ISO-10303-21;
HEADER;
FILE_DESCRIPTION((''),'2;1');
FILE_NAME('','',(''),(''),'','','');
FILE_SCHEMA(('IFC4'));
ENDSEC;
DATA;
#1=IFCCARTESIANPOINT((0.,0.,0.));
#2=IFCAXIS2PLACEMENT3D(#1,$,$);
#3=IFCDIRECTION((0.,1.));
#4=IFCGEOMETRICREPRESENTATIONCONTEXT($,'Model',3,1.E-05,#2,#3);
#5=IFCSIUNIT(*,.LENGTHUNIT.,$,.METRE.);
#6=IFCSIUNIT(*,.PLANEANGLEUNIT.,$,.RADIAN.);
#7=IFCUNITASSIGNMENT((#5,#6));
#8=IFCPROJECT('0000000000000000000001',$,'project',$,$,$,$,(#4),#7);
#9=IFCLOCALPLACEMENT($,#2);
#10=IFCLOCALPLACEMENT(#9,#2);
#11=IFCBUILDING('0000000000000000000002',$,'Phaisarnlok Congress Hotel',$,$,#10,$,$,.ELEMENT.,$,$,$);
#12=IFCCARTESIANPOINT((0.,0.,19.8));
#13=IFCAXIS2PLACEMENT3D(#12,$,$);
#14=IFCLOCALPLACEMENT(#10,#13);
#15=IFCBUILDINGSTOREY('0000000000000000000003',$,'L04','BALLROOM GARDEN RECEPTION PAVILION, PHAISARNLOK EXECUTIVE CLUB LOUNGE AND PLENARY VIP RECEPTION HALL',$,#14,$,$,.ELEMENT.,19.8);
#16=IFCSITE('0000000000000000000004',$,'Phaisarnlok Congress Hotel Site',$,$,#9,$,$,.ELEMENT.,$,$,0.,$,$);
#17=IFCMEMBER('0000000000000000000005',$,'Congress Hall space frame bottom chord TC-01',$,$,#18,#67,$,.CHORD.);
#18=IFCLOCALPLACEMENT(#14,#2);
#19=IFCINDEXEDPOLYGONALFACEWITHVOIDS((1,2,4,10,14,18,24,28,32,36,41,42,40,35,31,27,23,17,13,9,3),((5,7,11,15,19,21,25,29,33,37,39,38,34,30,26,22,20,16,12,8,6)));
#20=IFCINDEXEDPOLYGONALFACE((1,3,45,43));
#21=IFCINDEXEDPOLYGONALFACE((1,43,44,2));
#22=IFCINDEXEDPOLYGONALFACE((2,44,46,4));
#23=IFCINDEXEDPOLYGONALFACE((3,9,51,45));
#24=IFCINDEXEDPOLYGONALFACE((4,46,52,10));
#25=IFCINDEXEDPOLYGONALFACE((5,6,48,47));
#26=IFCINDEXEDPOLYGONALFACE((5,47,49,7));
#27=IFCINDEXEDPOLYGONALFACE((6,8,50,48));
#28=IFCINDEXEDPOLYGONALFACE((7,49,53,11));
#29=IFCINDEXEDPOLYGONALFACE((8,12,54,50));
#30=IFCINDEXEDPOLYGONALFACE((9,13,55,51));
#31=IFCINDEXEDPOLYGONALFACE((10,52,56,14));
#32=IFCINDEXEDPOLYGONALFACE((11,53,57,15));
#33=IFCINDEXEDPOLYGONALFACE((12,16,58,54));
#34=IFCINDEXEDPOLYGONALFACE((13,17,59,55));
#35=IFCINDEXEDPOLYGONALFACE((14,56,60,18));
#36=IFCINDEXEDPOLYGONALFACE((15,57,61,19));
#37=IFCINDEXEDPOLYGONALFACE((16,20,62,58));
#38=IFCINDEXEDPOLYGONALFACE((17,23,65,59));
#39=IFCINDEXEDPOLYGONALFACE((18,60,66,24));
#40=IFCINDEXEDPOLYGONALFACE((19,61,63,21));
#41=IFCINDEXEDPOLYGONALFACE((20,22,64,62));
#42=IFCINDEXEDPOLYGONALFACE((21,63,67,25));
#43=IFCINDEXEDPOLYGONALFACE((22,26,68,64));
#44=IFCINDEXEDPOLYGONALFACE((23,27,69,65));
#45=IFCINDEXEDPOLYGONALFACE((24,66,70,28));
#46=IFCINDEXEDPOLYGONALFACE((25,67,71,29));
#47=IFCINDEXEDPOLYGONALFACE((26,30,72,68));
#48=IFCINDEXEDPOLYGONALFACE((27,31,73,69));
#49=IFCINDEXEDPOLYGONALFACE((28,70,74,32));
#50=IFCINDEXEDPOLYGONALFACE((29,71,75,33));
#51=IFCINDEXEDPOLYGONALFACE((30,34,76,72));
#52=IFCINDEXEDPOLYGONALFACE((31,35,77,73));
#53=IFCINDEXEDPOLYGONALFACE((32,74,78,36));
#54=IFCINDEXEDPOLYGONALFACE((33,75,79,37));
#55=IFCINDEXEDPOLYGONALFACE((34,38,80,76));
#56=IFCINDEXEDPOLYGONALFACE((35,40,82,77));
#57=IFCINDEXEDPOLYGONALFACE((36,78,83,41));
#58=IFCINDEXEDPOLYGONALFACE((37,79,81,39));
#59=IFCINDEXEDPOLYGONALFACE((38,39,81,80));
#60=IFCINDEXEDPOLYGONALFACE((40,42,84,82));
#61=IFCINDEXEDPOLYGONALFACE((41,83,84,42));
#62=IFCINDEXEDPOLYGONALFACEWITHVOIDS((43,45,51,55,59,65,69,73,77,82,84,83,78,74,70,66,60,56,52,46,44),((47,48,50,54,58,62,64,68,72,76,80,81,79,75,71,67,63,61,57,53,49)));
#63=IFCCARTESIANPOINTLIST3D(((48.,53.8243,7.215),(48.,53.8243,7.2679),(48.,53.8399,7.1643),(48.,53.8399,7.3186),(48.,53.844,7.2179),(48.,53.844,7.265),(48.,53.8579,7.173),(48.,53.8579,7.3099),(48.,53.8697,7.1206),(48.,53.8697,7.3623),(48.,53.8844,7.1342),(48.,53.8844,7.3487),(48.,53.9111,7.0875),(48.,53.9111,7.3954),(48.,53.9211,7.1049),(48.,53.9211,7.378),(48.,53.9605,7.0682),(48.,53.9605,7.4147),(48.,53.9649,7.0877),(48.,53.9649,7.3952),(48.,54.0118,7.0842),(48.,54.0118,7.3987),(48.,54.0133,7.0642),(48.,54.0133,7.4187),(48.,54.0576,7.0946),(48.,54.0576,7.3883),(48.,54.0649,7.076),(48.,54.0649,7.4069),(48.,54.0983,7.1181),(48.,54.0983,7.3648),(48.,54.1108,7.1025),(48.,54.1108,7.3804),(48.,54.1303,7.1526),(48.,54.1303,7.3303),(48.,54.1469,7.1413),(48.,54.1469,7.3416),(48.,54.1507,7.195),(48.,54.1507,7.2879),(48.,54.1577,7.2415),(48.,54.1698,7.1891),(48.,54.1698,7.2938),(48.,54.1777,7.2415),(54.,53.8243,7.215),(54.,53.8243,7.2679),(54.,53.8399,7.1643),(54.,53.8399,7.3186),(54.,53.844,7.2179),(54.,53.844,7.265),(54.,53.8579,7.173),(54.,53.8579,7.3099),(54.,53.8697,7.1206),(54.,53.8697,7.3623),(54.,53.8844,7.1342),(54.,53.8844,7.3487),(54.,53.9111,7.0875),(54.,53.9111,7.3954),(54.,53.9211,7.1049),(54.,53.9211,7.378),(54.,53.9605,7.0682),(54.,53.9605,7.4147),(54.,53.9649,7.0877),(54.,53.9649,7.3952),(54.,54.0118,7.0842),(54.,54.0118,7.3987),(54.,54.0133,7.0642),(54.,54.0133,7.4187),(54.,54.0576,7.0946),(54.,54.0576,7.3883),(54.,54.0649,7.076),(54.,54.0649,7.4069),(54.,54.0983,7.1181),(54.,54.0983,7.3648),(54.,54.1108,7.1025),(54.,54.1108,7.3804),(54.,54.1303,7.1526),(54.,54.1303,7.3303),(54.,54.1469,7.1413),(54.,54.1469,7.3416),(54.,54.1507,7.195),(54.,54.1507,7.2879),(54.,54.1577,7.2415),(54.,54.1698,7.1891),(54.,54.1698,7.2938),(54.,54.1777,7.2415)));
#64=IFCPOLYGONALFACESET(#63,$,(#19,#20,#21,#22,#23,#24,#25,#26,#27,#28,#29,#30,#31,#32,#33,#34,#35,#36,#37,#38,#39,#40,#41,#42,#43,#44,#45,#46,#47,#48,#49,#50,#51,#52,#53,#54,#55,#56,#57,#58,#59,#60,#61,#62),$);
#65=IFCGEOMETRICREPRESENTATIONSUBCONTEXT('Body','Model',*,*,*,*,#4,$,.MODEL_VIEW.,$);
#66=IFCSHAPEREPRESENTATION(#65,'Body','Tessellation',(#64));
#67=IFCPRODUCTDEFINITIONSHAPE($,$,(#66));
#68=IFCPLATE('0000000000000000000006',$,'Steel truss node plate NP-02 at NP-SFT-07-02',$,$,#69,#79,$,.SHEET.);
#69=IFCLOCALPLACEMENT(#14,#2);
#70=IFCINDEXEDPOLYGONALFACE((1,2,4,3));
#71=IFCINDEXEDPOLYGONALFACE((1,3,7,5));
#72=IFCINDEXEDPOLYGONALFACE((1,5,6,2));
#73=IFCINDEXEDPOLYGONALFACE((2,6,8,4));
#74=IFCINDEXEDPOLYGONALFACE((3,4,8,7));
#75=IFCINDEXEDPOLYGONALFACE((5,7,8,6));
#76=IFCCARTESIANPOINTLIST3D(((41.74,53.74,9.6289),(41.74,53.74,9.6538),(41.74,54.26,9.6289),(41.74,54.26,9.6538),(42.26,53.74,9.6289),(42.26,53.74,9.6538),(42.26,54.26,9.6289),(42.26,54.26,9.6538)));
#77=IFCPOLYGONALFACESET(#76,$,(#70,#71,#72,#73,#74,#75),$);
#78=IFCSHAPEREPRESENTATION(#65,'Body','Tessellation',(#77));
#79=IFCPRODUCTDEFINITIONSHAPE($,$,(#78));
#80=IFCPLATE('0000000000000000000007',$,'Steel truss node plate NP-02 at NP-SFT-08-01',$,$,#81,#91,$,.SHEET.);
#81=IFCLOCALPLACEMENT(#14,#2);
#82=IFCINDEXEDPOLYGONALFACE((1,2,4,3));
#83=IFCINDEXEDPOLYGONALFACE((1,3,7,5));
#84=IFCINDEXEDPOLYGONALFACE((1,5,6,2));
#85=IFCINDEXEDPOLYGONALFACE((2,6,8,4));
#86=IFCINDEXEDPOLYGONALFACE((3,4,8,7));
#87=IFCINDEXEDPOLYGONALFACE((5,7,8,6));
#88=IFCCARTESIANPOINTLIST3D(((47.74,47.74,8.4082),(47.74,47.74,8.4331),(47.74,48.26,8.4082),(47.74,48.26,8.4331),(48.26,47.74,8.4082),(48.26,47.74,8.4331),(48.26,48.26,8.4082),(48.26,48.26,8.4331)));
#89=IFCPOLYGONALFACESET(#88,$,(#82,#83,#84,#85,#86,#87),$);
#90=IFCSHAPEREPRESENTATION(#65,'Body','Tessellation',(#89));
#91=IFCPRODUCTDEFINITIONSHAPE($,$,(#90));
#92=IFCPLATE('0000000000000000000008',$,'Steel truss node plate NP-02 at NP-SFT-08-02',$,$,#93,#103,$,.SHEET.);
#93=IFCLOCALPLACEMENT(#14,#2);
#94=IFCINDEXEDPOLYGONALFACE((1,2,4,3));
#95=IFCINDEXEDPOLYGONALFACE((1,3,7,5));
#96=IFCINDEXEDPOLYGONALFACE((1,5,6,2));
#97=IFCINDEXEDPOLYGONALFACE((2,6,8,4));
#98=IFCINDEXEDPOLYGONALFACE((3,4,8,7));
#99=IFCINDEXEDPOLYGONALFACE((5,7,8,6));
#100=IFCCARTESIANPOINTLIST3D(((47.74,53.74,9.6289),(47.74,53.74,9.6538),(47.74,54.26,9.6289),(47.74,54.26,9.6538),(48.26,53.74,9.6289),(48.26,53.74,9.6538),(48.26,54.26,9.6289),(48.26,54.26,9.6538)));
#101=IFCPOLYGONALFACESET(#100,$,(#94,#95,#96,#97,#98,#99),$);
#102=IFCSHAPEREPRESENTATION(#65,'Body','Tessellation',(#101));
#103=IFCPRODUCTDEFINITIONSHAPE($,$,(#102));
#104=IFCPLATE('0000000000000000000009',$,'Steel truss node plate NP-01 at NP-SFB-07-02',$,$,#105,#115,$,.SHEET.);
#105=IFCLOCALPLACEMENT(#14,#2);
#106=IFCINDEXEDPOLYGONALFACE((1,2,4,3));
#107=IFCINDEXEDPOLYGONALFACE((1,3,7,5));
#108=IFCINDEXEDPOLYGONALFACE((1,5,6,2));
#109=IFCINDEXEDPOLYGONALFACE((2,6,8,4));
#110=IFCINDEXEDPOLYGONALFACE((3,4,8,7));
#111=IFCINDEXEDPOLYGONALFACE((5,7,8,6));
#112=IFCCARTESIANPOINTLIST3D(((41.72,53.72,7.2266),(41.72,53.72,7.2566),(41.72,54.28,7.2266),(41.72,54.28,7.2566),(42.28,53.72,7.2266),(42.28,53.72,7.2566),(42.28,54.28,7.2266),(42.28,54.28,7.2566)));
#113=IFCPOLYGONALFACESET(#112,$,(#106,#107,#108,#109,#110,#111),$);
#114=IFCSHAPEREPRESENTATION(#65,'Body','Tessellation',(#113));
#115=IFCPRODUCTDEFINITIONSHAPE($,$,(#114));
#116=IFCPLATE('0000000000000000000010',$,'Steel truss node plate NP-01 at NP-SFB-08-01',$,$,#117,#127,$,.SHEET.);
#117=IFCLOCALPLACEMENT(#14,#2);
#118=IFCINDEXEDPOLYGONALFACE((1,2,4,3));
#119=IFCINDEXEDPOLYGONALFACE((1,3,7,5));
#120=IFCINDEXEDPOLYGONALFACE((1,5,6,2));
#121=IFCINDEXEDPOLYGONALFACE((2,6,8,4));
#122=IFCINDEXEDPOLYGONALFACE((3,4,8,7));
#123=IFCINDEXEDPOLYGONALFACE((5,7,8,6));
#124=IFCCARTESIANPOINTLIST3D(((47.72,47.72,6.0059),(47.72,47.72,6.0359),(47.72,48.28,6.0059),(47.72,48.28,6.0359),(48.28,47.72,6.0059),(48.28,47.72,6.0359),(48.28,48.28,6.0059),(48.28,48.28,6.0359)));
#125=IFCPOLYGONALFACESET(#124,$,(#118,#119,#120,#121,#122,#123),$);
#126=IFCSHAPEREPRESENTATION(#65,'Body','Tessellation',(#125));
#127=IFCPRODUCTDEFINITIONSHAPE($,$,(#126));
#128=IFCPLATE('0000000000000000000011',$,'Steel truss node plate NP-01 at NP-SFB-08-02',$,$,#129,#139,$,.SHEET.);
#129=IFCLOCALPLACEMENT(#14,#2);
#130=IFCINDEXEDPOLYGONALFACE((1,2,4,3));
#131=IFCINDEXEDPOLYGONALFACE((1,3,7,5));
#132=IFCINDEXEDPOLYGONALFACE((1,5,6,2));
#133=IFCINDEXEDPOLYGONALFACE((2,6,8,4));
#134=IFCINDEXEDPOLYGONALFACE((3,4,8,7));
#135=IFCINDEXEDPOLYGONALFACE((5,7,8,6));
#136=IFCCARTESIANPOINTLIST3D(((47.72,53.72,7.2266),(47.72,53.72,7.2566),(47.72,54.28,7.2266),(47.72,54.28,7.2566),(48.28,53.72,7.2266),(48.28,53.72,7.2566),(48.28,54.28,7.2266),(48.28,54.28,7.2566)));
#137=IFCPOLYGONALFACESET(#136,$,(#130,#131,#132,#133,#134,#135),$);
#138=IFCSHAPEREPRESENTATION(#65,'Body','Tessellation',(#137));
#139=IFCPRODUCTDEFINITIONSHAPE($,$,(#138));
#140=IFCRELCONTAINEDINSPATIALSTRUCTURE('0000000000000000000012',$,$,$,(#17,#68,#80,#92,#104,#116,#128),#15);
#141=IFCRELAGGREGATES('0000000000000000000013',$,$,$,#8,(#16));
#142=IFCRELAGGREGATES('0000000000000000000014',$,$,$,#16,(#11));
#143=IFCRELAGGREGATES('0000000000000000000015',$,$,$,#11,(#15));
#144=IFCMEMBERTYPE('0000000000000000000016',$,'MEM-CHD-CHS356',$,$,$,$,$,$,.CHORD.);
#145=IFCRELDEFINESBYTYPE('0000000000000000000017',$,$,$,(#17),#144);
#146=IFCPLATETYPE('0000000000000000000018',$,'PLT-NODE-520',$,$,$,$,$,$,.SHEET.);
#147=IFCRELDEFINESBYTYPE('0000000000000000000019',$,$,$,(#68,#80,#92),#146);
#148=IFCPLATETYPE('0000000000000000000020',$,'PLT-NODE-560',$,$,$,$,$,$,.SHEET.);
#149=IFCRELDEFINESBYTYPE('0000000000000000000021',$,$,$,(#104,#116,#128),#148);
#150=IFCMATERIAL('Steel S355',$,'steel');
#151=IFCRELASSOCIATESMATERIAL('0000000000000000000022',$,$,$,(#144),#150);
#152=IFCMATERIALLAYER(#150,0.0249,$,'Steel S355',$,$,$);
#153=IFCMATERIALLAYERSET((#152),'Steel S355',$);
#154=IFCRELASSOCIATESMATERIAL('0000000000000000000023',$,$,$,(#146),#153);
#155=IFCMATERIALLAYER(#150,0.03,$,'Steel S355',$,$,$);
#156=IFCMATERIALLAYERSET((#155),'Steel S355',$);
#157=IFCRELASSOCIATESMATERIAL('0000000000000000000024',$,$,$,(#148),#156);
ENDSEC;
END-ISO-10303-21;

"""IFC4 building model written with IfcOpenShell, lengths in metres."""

from ifc_helpers import new_model, si_unit, direction, frame, origin, origin_2d, place, context, subcontext, project, spatial, rectangle, hollow_circle, extrude, material, layer, layer_set, material_profile, profile_set, type_object, element, save


model = new_model("IFC4")

# Units and contexts
model_context = context("Model", 3, precision=1e-05, world=origin(), true_north=direction((0.0, 1.0)))
body_context = subcontext(model_context, "Body", "Model", "MODEL_VIEW")
ifc_project = project(units=[si_unit("LENGTHUNIT", "METRE"), si_unit("PLANEANGLEUNIT", "RADIAN")], contexts=[model_context])

# Site, building, storey
site_placement = place(None, origin())
site = spatial("IfcSite", under=ifc_project, at=site_placement, Name="Phaisarnlok Congress Hotel Site", CompositionType="ELEMENT", RefElevation=0.0)
building_placement = place(site_placement, origin())
building = spatial("IfcBuilding", under=site, at=building_placement, Name="Phaisarnlok Congress Hotel", CompositionType="ELEMENT")
storey_placement = place(building_placement, frame((0.0, 0.0, 19.8)))
storey = spatial("IfcBuildingStorey", under=building, at=storey_placement, Name="L04", Description="BALLROOM GARDEN RECEPTION PAVILION, PHAISARNLOK EXECUTIVE CLUB LOUNGE AND PLENARY VIP RECEPTION HALL", CompositionType="ELEMENT", Elevation=19.8)

# Member
ifc_material = material(Name="Steel S355", Category="steel")
ifc_material_profile_1 = material_profile(ifc_material, hollow_circle(Radius=0.1777, WallThickness=0.02, at=origin_2d()), Name="CHS 355.6x20")
ifc_profile_set_1 = profile_set([ifc_material_profile_1], Name="Steel S355")
member_type_1 = type_object("IfcMemberType", Name="MEM-CHD-CHS356", PredefinedType="CHORD", material=ifc_profile_set_1)
member_1_placement = place(storey_placement, frame((48.0, 54.0, 7.2415), z_axis=(1.0, 0.0, 0.0), x_axis=(0.0, 1.0, 0.0)))
element("IfcMember", 1, at=member_1_placement, inside=storey, type_object=member_type_1, Name="Congress Hall space frame bottom chord TC-01", PredefinedType="CHORD", context=body_context, shape_type="SweptSolid", body=[
    extrude(hollow_circle(Radius=0.1777, WallThickness=0.02, at=origin_2d()), origin(), (0.0, 0.0, 1.0), 6.0),
])

# Plates
ifc_layer_1 = layer(ifc_material, 0.0249, Name="Steel S355")
ifc_layer_set_1 = layer_set([ifc_layer_1], Name="Steel S355")
plate_type_1 = type_object("IfcPlateType", Name="PLT-NODE-520", PredefinedType="SHEET", material=ifc_layer_set_1)
for number, where, z_axis, x_axis, name in (
    (2, (42.0, 54.0, 9.6289), (0.0, 0.0, 1.0), (1.0, 0.0, 0.0), "Steel truss node plate NP-02 at NP-SFT-07-02"),
    (3, (48.0, 48.0, 8.4082), (0.0, 0.0, 1.0), (1.0, 0.0, 0.0), "Steel truss node plate NP-02 at NP-SFT-08-01"),
    (4, (48.0, 54.0, 9.6289), (0.0, 0.0, 1.0), (1.0, 0.0, 0.0), "Steel truss node plate NP-02 at NP-SFT-08-02"),
):
    element("IfcPlate", number, at=place(storey_placement, frame(where, z_axis=z_axis, x_axis=x_axis)), inside=storey, type_object=plate_type_1, Name=name, PredefinedType="SHEET", context=body_context, shape_type="SweptSolid", body=[
        extrude(rectangle(XDim=0.52, YDim=0.52, at=origin_2d()), origin(), (0.0, 0.0, 1.0), 0.0249),
    ])
ifc_layer_2 = layer(ifc_material, 0.03, Name="Steel S355")
ifc_layer_set_2 = layer_set([ifc_layer_2], Name="Steel S355")
plate_type_2 = type_object("IfcPlateType", Name="PLT-NODE-560", PredefinedType="SHEET", material=ifc_layer_set_2)
for number, where, z_axis, x_axis, name in (
    (5, (42.0, 54.0, 7.2266), (0.0, 0.0, 1.0), (1.0, 0.0, 0.0), "Steel truss node plate NP-01 at NP-SFB-07-02"),
    (6, (48.0, 48.0, 6.0059), (0.0, 0.0, 1.0), (1.0, 0.0, 0.0), "Steel truss node plate NP-01 at NP-SFB-08-01"),
    (7, (48.0, 54.0, 7.2266), (0.0, 0.0, 1.0), (1.0, 0.0, 0.0), "Steel truss node plate NP-01 at NP-SFB-08-02"),
):
    element("IfcPlate", number, at=place(storey_placement, frame(where, z_axis=z_axis, x_axis=x_axis)), inside=storey, type_object=plate_type_2, Name=name, PredefinedType="SHEET", context=body_context, shape_type="SweptSolid", body=[
        extrude(rectangle(XDim=0.5601, YDim=0.5601, at=origin_2d()), origin(), (0.0, 0.0, 1.0), 0.03),
    ])

save(model, "model.ifc")
